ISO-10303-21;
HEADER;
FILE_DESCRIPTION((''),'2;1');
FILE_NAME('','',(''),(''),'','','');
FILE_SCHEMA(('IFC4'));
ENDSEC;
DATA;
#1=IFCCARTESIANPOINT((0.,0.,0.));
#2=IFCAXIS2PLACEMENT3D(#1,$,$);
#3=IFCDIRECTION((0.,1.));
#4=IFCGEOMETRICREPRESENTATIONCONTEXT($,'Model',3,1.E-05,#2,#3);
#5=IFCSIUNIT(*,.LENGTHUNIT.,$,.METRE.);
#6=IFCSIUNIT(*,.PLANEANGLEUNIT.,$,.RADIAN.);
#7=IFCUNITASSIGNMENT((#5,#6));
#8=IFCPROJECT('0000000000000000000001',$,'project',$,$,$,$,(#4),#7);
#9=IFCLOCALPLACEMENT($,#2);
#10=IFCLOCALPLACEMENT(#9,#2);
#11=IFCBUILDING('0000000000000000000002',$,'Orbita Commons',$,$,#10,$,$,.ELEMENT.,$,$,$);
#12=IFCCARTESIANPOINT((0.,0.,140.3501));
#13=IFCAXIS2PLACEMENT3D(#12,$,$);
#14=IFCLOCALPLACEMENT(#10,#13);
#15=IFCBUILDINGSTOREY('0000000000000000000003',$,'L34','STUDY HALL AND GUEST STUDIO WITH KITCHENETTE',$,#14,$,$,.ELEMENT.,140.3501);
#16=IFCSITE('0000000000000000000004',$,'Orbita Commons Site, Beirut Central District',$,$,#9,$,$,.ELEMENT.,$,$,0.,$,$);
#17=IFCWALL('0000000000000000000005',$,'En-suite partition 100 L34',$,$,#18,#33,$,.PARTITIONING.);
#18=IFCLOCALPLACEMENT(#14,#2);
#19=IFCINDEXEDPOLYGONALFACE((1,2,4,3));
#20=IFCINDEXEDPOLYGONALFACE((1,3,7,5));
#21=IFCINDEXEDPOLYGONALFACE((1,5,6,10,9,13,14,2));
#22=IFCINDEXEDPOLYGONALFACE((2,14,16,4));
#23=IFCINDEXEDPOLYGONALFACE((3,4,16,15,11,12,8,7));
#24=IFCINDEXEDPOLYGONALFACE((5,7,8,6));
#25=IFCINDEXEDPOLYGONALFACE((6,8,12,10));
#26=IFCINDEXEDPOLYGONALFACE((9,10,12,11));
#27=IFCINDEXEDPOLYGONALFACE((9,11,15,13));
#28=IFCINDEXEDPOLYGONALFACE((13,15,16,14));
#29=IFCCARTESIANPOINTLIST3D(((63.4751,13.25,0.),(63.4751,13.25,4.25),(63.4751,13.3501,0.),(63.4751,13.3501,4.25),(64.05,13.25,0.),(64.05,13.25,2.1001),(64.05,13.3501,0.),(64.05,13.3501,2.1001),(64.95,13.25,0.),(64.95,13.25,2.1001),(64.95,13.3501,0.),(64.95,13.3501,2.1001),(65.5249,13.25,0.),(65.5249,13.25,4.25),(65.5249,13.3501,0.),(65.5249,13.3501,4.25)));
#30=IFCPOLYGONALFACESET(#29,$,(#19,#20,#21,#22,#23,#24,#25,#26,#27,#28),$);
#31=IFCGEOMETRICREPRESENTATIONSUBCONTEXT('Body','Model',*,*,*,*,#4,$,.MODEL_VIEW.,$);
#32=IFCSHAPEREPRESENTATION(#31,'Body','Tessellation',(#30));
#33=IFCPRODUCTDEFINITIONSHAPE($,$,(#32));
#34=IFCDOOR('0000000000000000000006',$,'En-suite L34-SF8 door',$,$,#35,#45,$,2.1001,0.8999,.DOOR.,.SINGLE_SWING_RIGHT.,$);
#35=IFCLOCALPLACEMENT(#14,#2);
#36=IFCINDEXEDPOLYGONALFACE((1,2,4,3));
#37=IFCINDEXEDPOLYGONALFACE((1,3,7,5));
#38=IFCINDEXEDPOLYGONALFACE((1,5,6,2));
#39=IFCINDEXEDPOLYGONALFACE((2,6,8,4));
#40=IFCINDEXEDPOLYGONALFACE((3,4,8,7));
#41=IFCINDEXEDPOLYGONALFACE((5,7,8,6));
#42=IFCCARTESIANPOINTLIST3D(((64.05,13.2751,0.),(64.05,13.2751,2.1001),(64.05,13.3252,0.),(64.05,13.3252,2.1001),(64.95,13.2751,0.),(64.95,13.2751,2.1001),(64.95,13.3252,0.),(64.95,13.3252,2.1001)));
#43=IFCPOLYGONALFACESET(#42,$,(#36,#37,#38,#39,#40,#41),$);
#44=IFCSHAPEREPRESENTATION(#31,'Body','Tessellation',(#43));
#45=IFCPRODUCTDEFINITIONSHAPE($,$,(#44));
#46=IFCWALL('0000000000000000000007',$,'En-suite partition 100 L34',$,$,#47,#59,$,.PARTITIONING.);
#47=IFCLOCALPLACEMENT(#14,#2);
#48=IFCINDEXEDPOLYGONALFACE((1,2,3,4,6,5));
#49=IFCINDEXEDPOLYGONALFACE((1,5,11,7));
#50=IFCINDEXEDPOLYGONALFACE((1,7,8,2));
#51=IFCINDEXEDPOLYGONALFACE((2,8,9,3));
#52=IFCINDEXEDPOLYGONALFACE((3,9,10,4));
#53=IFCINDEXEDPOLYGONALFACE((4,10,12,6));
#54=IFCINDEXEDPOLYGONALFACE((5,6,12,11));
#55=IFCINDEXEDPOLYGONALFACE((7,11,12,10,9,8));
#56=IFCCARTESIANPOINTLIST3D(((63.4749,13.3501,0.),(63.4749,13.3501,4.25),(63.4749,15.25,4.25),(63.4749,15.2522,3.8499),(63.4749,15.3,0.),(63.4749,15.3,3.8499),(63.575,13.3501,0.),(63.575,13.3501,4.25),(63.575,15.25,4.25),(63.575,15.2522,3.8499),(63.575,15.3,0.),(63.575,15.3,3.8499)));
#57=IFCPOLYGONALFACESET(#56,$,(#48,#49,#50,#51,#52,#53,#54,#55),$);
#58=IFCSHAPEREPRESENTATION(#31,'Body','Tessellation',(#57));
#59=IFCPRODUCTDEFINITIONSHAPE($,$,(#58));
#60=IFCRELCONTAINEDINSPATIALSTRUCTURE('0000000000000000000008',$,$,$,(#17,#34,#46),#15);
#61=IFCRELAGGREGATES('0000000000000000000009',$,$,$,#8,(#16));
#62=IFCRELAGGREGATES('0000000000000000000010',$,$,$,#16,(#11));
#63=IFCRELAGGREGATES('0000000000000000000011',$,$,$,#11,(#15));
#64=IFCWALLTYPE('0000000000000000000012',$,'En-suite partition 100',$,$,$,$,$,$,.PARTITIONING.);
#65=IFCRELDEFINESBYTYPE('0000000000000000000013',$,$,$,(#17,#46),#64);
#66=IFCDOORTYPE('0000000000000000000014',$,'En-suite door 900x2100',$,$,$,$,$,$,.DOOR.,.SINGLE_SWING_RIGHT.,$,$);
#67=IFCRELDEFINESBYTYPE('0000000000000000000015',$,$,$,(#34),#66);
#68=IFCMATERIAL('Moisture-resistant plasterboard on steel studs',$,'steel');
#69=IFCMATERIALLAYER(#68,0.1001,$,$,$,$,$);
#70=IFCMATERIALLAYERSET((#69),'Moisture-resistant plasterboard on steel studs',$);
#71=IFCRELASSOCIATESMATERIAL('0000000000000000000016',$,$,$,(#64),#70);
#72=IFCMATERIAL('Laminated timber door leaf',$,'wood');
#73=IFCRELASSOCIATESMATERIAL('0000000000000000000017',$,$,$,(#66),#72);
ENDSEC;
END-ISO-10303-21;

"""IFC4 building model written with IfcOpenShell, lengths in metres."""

from ifc_helpers import new_model, si_unit, direction, frame, frame_2d, origin, place, context, subcontext, project, spatial, polyline, rectangle, outline, extrude, material, layer, layer_set, type_object, element, fill, save


model = new_model("IFC4")

# Units and contexts
model_context = context("Model", 3, precision=1e-05, world=origin(), true_north=direction((0.0, 1.0)))
body_context = subcontext(model_context, "Body", "Model", "MODEL_VIEW")
ifc_project = project(units=[si_unit("LENGTHUNIT", "METRE"), si_unit("PLANEANGLEUNIT", "RADIAN")], contexts=[model_context])

# Site, building, storey
site_placement = place(None, origin())
site = spatial("IfcSite", under=ifc_project, at=site_placement, Name="Orbita Commons Site, Beirut Central District", CompositionType="ELEMENT", RefElevation=0.0)
building_placement = place(site_placement, origin())
building = spatial("IfcBuilding", under=site, at=building_placement, Name="Orbita Commons", CompositionType="ELEMENT")
storey_placement = place(building_placement, frame((0.0, 0.0, 140.3501)))
storey = spatial("IfcBuildingStorey", under=building, at=storey_placement, Name="L34", Description="STUDY HALL AND GUEST STUDIO WITH KITCHENETTE", CompositionType="ELEMENT", Elevation=140.3501)

# Wall, opening, door
ifc_material_1 = material(Name="Moisture-resistant plasterboard on steel studs", Category="steel")
ifc_layer_1 = layer(ifc_material_1, 0.1001)
ifc_layer_set_1 = layer_set([ifc_layer_1], Name="Moisture-resistant plasterboard on steel studs")
wall_type_1 = type_object("IfcWallType", Name="En-suite partition 100", PredefinedType="PARTITIONING", material=ifc_layer_set_1)
wall_1_placement = place(storey_placement, frame((65.5249, 13.3, 0.0), z_axis=(0.0, 0.0, 1.0), x_axis=(-1.0, 0.0, 0.0)))
wall_1 = element("IfcWall", 1, at=wall_1_placement, inside=storey, type_object=wall_type_1, Name="En-suite partition 100 L34", PredefinedType="PARTITIONING", context=body_context, shape_type="SweptSolid", body=[
    extrude(rectangle(XDim=2.0498, YDim=0.1001, at=frame_2d((1.0249, 0.0))), origin(), (0.0, 0.0, 1.0), 4.25),
])
opening_1_placement = place(wall_1_placement, frame((0.575, 0.0, 0.0)))
opening_1 = element("IfcOpeningElement", 2, at=opening_1_placement, cuts=wall_1, PredefinedType="OPENING", context=body_context, shape_type="SweptSolid", body=[
    extrude(rectangle(XDim=0.8999, YDim=2.1001, at=frame_2d((0.45, 1.05))), frame((0.0, 0.0601, 0.0), z_axis=(0.0, -1.0, 0.0), x_axis=(1.0, 0.0, 0.0)), (0.0, 0.0, 1.0), 0.1201),
])
ifc_material_2 = material(Name="Laminated timber door leaf", Category="wood")
door_type_1 = type_object("IfcDoorType", Name="En-suite door 900x2100", OperationType="SINGLE_SWING_RIGHT", PredefinedType="DOOR", material=ifc_material_2)
door_1_placement = place(opening_1_placement, origin())
door_1 = element("IfcDoor", 3, at=door_1_placement, inside=storey, type_object=door_type_1, Name="En-suite L34-SF8 door", OperationType="SINGLE_SWING_RIGHT", OverallHeight=2.1001, OverallWidth=0.8999, PredefinedType="DOOR", context=body_context, shape_type="SweptSolid", body=[
    extrude(rectangle(XDim=0.8999, YDim=2.1001, at=frame_2d((0.45, 1.05))), frame((0.0, 0.0249, 0.0), z_axis=(0.0, -1.0, 0.0), x_axis=(1.0, 0.0, 0.0)), (0.0, 0.0, 1.0), 0.05),
])
fill(opening_1, door_1)

# Wall
wall_2_placement = place(storey_placement, frame((63.5249, 13.3501, 0.0), z_axis=(0.0, 0.0, 1.0), x_axis=(0.0, 1.0, 0.0)))
element("IfcWall", 4, at=wall_2_placement, inside=storey, type_object=wall_type_1, Name="En-suite partition 100 L34", PredefinedType="PARTITIONING", context=body_context, shape_type="SweptSolid", body=[
    extrude(outline(polyline([(0.0, 0.0), (1.95, 0.0), (1.95, 3.8499), (1.9021, 3.8499), (1.8999, 4.25), (0.0, 4.25), (0.0, 0.0)])), frame((0.0, 0.05, 0.0), z_axis=(0.0, -1.0, 0.0), x_axis=(1.0, 0.0, 0.0)), (0.0, 0.0, 1.0), 0.1001),
])

save(model, "model.ifc")
